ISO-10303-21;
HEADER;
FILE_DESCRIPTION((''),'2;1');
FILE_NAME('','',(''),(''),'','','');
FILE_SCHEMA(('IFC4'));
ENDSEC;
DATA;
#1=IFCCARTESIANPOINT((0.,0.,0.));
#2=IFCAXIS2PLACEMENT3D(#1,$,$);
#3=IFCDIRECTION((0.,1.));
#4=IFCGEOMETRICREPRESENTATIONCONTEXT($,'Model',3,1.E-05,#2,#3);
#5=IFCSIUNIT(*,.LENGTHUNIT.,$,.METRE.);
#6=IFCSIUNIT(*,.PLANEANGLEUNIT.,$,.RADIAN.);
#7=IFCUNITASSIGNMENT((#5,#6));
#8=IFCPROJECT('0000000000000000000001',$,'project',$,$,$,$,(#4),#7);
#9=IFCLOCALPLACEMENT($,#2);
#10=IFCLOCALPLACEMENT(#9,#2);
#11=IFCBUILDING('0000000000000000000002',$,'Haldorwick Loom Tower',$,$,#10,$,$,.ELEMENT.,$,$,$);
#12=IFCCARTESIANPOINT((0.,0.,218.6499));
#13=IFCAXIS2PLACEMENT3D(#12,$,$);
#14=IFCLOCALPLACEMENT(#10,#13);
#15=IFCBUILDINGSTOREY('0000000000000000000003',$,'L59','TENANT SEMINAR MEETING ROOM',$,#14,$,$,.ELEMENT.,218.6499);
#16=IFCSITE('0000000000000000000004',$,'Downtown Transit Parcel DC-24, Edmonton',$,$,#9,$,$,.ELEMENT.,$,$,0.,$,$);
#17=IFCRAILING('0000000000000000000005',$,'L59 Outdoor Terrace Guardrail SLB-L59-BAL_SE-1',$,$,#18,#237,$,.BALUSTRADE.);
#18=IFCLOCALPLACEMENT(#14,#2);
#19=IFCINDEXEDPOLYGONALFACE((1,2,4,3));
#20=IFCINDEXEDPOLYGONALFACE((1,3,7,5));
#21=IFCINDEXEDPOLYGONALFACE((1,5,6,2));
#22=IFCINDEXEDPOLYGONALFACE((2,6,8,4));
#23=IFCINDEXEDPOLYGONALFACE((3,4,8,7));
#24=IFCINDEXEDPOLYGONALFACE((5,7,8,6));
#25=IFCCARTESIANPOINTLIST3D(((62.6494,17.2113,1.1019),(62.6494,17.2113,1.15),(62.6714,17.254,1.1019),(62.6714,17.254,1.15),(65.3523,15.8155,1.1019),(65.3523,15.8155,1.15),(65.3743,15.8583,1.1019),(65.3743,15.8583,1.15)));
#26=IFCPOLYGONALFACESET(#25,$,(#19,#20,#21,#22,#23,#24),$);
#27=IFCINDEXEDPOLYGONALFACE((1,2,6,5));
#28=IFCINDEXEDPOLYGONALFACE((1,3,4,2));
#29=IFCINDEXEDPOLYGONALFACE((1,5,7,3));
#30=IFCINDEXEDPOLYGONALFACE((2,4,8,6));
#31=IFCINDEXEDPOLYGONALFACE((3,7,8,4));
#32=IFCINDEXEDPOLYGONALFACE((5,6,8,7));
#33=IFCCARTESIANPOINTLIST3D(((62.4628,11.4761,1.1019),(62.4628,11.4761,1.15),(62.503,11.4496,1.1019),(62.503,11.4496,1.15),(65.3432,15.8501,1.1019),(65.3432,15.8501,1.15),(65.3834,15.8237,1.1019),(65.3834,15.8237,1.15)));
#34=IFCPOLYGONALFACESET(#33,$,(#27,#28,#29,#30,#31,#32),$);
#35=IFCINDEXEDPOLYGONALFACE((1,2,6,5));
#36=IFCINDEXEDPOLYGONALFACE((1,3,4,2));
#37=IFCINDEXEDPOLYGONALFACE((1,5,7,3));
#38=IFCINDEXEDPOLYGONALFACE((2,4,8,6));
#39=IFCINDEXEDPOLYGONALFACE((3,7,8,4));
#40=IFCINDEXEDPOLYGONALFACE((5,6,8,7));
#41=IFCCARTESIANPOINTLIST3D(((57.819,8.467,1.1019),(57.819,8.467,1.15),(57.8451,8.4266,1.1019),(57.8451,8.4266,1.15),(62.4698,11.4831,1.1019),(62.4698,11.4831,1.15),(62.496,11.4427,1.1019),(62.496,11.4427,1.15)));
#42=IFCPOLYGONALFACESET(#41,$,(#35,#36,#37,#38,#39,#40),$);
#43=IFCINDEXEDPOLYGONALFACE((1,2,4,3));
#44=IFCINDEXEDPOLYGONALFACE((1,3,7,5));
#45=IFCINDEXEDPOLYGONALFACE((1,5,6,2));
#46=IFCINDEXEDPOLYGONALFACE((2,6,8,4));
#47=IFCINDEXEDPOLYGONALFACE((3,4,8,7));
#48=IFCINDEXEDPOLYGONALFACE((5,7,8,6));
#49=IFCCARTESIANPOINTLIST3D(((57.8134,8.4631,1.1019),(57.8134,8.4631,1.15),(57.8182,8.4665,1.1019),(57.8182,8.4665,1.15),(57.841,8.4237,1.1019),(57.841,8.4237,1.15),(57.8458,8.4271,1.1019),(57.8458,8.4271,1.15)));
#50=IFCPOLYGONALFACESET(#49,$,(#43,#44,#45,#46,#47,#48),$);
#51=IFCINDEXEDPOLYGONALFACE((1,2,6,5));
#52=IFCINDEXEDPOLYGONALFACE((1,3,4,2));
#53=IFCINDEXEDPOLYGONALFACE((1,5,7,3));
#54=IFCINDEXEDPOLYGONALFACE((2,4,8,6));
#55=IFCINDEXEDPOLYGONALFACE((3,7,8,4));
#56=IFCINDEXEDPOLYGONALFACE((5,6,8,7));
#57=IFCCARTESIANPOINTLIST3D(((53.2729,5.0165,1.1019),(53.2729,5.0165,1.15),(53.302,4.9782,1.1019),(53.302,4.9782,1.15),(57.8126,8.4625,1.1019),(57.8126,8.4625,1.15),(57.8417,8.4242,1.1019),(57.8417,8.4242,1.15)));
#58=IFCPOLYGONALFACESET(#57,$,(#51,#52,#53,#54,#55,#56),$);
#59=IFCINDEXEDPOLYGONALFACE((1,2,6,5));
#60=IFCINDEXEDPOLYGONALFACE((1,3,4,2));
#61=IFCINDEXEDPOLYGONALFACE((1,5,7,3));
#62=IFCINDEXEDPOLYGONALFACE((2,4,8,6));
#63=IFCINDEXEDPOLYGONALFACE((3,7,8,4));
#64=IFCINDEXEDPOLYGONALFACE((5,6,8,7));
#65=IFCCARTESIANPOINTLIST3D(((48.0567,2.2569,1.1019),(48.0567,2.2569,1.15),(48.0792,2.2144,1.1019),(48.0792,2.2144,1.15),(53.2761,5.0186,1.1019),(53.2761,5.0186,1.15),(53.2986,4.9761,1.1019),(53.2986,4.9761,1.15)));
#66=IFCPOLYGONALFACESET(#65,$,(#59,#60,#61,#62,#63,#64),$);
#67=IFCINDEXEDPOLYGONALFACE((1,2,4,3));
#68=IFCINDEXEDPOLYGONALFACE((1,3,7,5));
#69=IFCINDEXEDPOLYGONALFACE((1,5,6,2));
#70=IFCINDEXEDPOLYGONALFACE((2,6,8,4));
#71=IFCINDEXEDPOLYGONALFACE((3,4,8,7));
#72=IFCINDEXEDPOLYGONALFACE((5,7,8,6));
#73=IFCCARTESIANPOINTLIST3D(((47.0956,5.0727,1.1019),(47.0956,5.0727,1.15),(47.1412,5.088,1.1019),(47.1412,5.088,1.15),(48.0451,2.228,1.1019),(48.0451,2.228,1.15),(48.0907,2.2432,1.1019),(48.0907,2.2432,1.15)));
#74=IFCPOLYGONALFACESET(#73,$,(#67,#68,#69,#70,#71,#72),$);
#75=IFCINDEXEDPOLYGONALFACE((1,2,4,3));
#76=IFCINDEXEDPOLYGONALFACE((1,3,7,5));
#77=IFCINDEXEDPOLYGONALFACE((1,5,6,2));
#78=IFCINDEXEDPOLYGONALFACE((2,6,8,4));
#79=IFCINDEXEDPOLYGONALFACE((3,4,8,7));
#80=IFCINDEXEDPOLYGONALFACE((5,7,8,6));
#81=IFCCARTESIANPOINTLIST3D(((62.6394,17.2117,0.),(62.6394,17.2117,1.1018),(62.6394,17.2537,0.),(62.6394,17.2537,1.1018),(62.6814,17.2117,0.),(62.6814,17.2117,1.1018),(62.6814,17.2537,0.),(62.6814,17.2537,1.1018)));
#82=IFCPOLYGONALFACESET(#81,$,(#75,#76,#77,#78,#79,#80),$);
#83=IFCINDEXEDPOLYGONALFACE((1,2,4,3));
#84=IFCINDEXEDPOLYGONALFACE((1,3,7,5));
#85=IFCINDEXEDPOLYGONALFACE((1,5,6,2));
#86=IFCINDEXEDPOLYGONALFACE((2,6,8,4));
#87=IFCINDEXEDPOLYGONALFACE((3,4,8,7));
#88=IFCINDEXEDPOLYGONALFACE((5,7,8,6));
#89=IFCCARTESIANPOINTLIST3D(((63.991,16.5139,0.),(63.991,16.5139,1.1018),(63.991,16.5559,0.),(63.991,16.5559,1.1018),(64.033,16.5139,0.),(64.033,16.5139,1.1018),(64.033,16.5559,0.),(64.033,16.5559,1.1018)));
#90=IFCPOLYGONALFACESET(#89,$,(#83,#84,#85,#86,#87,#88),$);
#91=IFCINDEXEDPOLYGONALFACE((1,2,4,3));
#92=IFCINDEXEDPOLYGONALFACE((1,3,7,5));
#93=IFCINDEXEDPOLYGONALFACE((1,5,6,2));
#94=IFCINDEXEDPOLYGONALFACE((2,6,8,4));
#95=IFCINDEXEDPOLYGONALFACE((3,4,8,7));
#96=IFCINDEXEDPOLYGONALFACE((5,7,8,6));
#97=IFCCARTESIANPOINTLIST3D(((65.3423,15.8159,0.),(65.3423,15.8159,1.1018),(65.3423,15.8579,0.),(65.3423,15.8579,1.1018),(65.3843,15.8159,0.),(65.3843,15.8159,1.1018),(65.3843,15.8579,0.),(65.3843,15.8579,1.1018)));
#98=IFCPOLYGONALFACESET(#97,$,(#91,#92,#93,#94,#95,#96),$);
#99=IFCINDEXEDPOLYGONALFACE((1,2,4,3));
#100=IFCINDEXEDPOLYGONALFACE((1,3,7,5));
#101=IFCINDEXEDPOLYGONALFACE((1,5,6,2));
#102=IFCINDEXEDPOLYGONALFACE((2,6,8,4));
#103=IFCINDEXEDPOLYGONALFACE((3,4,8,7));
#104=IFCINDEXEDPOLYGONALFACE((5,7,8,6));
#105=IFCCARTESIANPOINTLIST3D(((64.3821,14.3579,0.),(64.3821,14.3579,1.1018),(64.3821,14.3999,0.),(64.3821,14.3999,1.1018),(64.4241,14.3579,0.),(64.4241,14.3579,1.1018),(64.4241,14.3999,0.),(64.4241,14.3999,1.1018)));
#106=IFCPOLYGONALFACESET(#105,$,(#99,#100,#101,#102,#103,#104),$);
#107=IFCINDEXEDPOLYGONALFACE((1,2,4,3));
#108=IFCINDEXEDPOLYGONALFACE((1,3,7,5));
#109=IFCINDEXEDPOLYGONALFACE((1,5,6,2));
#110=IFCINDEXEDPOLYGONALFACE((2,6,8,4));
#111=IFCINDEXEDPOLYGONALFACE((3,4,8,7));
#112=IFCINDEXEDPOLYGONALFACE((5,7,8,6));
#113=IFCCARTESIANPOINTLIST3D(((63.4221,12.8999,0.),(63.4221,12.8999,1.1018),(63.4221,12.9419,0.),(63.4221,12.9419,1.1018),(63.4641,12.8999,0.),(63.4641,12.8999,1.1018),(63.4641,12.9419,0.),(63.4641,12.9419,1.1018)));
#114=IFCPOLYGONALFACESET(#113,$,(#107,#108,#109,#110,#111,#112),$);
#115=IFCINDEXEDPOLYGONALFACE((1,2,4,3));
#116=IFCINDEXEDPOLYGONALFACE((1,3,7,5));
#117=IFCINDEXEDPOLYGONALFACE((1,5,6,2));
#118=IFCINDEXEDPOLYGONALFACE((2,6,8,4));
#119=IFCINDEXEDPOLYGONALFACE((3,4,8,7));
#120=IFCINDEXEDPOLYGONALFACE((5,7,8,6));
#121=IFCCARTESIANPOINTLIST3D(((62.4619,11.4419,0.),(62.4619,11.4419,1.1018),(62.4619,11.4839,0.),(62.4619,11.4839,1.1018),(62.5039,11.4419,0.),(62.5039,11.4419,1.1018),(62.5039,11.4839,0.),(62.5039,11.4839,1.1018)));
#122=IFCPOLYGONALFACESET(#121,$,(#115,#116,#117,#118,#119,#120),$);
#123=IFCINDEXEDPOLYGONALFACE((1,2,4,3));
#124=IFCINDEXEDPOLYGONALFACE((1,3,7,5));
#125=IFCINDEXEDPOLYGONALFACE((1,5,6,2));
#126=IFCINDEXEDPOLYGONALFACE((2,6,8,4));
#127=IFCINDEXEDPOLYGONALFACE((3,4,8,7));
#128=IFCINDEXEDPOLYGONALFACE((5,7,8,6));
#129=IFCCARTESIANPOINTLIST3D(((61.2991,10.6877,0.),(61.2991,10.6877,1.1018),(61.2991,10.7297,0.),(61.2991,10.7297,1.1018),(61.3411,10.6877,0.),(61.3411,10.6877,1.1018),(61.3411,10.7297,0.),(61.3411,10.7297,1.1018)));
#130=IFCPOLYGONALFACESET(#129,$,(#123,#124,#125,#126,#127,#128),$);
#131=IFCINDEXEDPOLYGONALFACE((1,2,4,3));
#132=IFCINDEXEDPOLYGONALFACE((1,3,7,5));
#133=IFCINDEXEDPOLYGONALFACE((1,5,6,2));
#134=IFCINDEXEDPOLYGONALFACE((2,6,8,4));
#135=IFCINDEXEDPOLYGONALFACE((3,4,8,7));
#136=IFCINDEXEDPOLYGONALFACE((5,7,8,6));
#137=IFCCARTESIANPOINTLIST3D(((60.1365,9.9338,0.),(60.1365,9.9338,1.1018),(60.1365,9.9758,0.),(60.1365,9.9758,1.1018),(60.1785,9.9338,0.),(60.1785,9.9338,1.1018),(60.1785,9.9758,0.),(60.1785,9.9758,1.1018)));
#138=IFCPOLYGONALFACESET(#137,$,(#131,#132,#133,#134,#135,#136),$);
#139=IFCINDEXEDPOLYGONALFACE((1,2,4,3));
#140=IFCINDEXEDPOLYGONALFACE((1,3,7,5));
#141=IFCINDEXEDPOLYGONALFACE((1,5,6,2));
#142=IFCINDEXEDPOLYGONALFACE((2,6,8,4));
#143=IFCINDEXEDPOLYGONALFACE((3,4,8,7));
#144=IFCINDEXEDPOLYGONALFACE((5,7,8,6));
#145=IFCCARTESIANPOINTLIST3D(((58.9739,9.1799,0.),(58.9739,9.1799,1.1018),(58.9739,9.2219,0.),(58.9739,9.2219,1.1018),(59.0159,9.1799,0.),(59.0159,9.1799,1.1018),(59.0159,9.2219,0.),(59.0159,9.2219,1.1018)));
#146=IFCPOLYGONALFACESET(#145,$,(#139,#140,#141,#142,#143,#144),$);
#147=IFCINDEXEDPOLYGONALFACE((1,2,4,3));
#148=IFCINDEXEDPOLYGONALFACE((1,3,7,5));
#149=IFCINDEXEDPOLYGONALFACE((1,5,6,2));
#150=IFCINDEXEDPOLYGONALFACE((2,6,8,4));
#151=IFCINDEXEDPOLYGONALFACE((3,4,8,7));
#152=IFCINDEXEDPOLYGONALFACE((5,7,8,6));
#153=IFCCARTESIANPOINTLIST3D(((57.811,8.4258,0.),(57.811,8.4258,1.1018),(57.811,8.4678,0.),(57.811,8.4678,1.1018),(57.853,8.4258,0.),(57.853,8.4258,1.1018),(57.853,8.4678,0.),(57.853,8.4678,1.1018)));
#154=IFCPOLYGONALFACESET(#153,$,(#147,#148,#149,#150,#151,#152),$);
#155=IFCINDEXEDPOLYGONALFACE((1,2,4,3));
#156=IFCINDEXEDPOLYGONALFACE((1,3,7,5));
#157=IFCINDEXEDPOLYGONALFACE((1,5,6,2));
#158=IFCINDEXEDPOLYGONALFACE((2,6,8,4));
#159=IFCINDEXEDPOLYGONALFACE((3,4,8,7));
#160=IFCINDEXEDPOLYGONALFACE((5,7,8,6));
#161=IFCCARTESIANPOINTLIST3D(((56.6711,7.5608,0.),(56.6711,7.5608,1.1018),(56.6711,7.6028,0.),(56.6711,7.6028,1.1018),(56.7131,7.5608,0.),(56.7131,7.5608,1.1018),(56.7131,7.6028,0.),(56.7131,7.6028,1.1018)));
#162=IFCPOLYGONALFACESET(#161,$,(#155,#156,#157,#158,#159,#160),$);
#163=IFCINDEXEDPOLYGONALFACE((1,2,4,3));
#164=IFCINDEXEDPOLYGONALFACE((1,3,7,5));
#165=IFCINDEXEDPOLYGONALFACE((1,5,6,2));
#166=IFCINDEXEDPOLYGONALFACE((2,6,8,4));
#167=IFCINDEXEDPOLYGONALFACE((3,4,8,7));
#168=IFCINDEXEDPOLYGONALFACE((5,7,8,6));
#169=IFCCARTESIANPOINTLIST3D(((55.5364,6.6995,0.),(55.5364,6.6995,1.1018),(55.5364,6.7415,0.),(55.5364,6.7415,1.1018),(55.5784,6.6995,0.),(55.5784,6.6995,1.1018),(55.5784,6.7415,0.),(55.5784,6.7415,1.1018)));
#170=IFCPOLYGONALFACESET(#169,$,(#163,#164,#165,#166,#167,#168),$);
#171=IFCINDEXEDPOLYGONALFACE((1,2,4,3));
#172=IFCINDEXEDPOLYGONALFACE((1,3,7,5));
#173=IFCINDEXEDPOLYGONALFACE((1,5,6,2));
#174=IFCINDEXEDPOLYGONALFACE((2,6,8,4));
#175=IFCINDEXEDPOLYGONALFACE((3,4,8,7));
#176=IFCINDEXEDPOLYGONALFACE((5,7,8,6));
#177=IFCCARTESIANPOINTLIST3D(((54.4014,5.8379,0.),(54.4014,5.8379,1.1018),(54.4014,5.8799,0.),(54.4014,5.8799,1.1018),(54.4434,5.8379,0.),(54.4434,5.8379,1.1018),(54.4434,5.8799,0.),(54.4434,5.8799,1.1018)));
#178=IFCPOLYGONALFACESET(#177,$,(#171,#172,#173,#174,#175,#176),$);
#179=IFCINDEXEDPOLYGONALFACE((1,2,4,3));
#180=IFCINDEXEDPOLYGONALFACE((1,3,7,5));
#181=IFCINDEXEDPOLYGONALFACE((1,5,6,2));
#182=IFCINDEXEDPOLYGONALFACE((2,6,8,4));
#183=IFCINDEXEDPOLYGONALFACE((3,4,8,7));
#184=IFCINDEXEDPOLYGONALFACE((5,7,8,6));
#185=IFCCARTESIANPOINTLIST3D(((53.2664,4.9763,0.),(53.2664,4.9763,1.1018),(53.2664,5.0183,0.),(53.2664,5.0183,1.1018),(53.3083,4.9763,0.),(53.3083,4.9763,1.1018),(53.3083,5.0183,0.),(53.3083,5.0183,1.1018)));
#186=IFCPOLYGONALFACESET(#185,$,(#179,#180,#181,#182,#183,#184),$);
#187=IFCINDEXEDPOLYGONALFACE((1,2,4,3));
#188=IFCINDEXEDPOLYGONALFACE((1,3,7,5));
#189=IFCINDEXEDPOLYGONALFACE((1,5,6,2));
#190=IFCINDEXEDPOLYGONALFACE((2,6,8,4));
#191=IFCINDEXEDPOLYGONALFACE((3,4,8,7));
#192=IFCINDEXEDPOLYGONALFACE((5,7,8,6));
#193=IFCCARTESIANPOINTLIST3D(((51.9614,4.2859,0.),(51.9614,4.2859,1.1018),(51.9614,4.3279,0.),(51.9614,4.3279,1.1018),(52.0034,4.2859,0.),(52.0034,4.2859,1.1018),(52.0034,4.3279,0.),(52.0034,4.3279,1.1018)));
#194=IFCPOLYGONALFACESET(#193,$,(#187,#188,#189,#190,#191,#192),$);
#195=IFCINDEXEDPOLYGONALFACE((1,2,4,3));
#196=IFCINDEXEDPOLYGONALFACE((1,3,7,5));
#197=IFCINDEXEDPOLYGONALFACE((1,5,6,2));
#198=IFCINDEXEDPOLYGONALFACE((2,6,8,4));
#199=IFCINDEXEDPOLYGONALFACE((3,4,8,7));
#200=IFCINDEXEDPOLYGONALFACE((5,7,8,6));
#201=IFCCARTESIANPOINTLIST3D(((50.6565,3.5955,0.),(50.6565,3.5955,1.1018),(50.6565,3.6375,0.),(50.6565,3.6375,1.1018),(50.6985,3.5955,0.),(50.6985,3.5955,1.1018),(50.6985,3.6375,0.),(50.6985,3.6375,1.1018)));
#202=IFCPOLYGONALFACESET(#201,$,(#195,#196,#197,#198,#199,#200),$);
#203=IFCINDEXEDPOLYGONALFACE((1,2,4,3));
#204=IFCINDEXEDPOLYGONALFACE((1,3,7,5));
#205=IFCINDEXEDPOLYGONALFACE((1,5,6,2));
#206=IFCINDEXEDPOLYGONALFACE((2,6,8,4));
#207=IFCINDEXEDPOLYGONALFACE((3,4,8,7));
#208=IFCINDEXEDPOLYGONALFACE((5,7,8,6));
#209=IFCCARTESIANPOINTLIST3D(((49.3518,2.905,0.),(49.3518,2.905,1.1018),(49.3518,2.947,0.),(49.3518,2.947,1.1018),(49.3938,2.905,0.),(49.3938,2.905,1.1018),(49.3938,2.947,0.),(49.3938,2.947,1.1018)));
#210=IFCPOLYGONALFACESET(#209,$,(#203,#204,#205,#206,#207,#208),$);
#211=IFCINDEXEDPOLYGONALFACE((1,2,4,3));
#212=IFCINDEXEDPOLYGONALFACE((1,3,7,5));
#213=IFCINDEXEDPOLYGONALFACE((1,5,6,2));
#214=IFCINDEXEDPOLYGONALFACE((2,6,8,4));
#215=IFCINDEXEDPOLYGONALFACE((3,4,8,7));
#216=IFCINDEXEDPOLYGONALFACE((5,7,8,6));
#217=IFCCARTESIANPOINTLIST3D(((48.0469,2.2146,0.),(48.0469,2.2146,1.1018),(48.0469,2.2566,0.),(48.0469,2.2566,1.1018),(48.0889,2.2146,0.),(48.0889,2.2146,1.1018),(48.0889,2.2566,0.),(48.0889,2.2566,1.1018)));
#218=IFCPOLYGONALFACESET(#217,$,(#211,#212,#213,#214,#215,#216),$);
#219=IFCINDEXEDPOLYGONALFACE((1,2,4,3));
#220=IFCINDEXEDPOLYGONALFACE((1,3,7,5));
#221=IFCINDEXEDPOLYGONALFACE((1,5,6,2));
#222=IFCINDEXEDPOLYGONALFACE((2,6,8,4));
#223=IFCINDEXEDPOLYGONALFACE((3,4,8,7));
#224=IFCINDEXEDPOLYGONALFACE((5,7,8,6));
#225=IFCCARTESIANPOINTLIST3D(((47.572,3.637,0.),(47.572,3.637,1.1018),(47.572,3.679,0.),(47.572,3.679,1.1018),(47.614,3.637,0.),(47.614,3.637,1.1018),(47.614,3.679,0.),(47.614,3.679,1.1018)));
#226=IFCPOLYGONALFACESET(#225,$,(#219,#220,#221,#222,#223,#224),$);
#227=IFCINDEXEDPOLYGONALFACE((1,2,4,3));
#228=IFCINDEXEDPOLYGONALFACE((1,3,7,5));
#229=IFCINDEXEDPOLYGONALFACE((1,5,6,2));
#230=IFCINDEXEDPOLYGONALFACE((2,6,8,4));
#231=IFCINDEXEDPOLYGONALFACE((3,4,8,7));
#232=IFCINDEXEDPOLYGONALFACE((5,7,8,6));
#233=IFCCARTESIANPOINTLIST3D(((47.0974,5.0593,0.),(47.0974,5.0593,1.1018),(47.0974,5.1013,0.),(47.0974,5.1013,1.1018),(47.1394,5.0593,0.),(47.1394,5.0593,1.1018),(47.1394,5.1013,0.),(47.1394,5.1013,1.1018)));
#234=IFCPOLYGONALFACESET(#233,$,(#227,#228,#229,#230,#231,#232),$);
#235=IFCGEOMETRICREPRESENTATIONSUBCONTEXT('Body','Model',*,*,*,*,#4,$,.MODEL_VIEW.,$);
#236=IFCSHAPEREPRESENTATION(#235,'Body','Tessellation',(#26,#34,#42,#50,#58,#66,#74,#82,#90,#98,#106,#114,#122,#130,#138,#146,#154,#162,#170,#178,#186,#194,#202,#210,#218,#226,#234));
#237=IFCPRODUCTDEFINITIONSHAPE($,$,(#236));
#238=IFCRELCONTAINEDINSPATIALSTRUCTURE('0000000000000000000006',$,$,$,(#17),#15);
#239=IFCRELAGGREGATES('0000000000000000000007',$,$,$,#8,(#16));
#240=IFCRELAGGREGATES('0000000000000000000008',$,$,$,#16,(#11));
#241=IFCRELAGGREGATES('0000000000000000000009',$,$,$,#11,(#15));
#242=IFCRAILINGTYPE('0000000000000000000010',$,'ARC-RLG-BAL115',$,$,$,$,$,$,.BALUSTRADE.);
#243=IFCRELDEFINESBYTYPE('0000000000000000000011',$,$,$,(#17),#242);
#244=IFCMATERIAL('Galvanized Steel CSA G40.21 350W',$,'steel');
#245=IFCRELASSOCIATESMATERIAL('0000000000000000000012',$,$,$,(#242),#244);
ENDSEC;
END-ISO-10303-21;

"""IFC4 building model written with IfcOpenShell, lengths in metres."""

from ifc_helpers import new_model, si_unit, direction, frame, origin, origin_2d, place, context, subcontext, project, spatial, rectangle, extrude, material, type_object, element, save


model = new_model("IFC4")

# Units and contexts
model_context = context("Model", 3, precision=1e-05, world=origin(), true_north=direction((0.0, 1.0)))
body_context = subcontext(model_context, "Body", "Model", "MODEL_VIEW")
ifc_project = project(units=[si_unit("LENGTHUNIT", "METRE"), si_unit("PLANEANGLEUNIT", "RADIAN")], contexts=[model_context])

# Site, building, storey
site_placement = place(None, origin())
site = spatial("IfcSite", under=ifc_project, at=site_placement, Name="Downtown Transit Parcel DC-24, Edmonton", CompositionType="ELEMENT", RefElevation=0.0)
building_placement = place(site_placement, origin())
building = spatial("IfcBuilding", under=site, at=building_placement, Name="Haldorwick Loom Tower", CompositionType="ELEMENT")
storey_placement = place(building_placement, frame((0.0, 0.0, 218.6499)))
storey = spatial("IfcBuildingStorey", under=building, at=storey_placement, Name="L59", Description="TENANT SEMINAR MEETING ROOM", CompositionType="ELEMENT", Elevation=218.6499)

# Railing
ifc_material_1 = material(Name="Galvanized Steel CSA G40.21 350W", Category="steel")
railing_type = type_object("IfcRailingType", Name="ARC-RLG-BAL115", PredefinedType="BALUSTRADE", material=ifc_material_1)
railing_placement = place(storey_placement, frame((62.6604, 17.2327, 0.0)))
element("IfcRailing", 1, at=railing_placement, inside=storey, type_object=railing_type, Name="L59 Outdoor Terrace Guardrail SLB-L59-BAL_SE-1", PredefinedType="BALUSTRADE", context=body_context, shape_type="SweptSolid", body=[
    extrude(rectangle(XDim=0.0481, YDim=0.0481, at=origin_2d()), frame((0.0, 0.0, 1.126), z_axis=(0.888525, -0.458829, 0.0), x_axis=(0.458829, 0.888525, 0.0)), (0.0, 0.0, 1.0), 3.042),
    extrude(rectangle(XDim=0.0481, YDim=0.0481, at=origin_2d()), frame((2.7029, -1.3958, 1.126), z_axis=(-0.549979, -0.835178, 0.0), x_axis=(0.835178, -0.549979, 0.0)), (0.0, 0.0, 1.0), 5.2373),
    extrude(rectangle(XDim=0.0481, YDim=0.0481, at=origin_2d()), frame((-0.1775, -5.7698, 1.126), z_axis=(-0.839017, -0.544106, 0.0), x_axis=(0.544106, -0.839017, 0.0)), (0.0, 0.0, 1.0), 5.5432),
    extrude(rectangle(XDim=0.0481, YDim=0.0481, at=origin_2d()), frame((-4.8284, -8.7859, 1.126), z_axis=(-0.819232, -0.573462, 0.0), x_axis=(0.573462, -0.819232, 0.0)), (0.0, 0.0, 1.0), 0.0059),
    extrude(rectangle(XDim=0.0481, YDim=0.0481, at=origin_2d()), frame((-4.8333, -8.7893, 1.126), z_axis=(-0.796517, -0.604616, 0.0), x_axis=(0.604616, -0.796517, 0.0)), (0.0, 0.0, 1.0), 5.6995),
    extrude(rectangle(XDim=0.0481, YDim=0.0481, at=origin_2d()), frame((-9.373, -12.2354, 1.126), z_axis=(-0.883895, -0.467684, 0.0), x_axis=(0.467684, -0.883895, 0.0)), (0.0, 0.0, 1.0), 5.905),
    extrude(rectangle(XDim=0.0481, YDim=0.0481, at=origin_2d()), frame((-14.5925, -14.9971, 1.126), z_axis=(-0.316594, 0.948561, 0.0), x_axis=(-0.948561, -0.316594, 0.0)), (0.0, 0.0, 1.0), 2.999),
    extrude(rectangle(XDim=0.042, YDim=0.042, at=origin_2d()), origin(), (0.0, 0.0, 1.0), 1.1018),
    extrude(rectangle(XDim=0.042, YDim=0.042, at=origin_2d()), frame((1.3516, -0.6978, 0.0)), (0.0, 0.0, 1.0), 1.1018),
    extrude(rectangle(XDim=0.042, YDim=0.042, at=origin_2d()), frame((2.7029, -1.3958, 0.0)), (0.0, 0.0, 1.0), 1.1018),
    extrude(rectangle(XDim=0.042, YDim=0.042, at=origin_2d()), frame((1.7427, -2.8538, 0.0)), (0.0, 0.0, 1.0), 1.1018),
    extrude(rectangle(XDim=0.042, YDim=0.042, at=origin_2d()), frame((0.7827, -4.3118, 0.0)), (0.0, 0.0, 1.0), 1.1018),
    extrude(rectangle(XDim=0.042, YDim=0.042, at=origin_2d()), frame((-0.1775, -5.7698, 0.0)), (0.0, 0.0, 1.0), 1.1018),
    extrude(rectangle(XDim=0.042, YDim=0.042, at=origin_2d()), frame((-1.3403, -6.5239, 0.0)), (0.0, 0.0, 1.0), 1.1018),
    extrude(rectangle(XDim=0.042, YDim=0.042, at=origin_2d()), frame((-2.5029, -7.2778, 0.0)), (0.0, 0.0, 1.0), 1.1018),
    extrude(rectangle(XDim=0.042, YDim=0.042, at=origin_2d()), frame((-3.6655, -8.0317, 0.0)), (0.0, 0.0, 1.0), 1.1018),
    extrude(rectangle(XDim=0.042, YDim=0.042, at=origin_2d()), frame((-4.8284, -8.7859, 0.0)), (0.0, 0.0, 1.0), 1.1018),
    extrude(rectangle(XDim=0.042, YDim=0.042, at=origin_2d()), frame((-5.9683, -9.6509, 0.0)), (0.0, 0.0, 1.0), 1.1018),
    extrude(rectangle(XDim=0.042, YDim=0.042, at=origin_2d()), frame((-7.103, -10.5122, 0.0)), (0.0, 0.0, 1.0), 1.1018),
    extrude(rectangle(XDim=0.042, YDim=0.042, at=origin_2d()), frame((-8.238, -11.3738, 0.0)), (0.0, 0.0, 1.0), 1.1018),
    extrude(rectangle(XDim=0.042, YDim=0.042, at=origin_2d()), frame((-9.373, -12.2354, 0.0)), (0.0, 0.0, 1.0), 1.1018),
    extrude(rectangle(XDim=0.042, YDim=0.042, at=origin_2d()), frame((-10.678, -12.9258, 0.0)), (0.0, 0.0, 1.0), 1.1018),
    extrude(rectangle(XDim=0.042, YDim=0.042, at=origin_2d()), frame((-11.9829, -13.6162, 0.0)), (0.0, 0.0, 1.0), 1.1018),
    extrude(rectangle(XDim=0.042, YDim=0.042, at=origin_2d()), frame((-13.2876, -14.3066, 0.0)), (0.0, 0.0, 1.0), 1.1018),
    extrude(rectangle(XDim=0.042, YDim=0.042, at=origin_2d()), frame((-14.5925, -14.9971, 0.0)), (0.0, 0.0, 1.0), 1.1018),
    extrude(rectangle(XDim=0.042, YDim=0.042, at=origin_2d()), frame((-15.0674, -13.5747, 0.0)), (0.0, 0.0, 1.0), 1.1018),
    extrude(rectangle(XDim=0.042, YDim=0.042, at=origin_2d()), frame((-15.542, -12.1523, 0.0)), (0.0, 0.0, 1.0), 1.1018),
])

save(model, "model.ifc")
